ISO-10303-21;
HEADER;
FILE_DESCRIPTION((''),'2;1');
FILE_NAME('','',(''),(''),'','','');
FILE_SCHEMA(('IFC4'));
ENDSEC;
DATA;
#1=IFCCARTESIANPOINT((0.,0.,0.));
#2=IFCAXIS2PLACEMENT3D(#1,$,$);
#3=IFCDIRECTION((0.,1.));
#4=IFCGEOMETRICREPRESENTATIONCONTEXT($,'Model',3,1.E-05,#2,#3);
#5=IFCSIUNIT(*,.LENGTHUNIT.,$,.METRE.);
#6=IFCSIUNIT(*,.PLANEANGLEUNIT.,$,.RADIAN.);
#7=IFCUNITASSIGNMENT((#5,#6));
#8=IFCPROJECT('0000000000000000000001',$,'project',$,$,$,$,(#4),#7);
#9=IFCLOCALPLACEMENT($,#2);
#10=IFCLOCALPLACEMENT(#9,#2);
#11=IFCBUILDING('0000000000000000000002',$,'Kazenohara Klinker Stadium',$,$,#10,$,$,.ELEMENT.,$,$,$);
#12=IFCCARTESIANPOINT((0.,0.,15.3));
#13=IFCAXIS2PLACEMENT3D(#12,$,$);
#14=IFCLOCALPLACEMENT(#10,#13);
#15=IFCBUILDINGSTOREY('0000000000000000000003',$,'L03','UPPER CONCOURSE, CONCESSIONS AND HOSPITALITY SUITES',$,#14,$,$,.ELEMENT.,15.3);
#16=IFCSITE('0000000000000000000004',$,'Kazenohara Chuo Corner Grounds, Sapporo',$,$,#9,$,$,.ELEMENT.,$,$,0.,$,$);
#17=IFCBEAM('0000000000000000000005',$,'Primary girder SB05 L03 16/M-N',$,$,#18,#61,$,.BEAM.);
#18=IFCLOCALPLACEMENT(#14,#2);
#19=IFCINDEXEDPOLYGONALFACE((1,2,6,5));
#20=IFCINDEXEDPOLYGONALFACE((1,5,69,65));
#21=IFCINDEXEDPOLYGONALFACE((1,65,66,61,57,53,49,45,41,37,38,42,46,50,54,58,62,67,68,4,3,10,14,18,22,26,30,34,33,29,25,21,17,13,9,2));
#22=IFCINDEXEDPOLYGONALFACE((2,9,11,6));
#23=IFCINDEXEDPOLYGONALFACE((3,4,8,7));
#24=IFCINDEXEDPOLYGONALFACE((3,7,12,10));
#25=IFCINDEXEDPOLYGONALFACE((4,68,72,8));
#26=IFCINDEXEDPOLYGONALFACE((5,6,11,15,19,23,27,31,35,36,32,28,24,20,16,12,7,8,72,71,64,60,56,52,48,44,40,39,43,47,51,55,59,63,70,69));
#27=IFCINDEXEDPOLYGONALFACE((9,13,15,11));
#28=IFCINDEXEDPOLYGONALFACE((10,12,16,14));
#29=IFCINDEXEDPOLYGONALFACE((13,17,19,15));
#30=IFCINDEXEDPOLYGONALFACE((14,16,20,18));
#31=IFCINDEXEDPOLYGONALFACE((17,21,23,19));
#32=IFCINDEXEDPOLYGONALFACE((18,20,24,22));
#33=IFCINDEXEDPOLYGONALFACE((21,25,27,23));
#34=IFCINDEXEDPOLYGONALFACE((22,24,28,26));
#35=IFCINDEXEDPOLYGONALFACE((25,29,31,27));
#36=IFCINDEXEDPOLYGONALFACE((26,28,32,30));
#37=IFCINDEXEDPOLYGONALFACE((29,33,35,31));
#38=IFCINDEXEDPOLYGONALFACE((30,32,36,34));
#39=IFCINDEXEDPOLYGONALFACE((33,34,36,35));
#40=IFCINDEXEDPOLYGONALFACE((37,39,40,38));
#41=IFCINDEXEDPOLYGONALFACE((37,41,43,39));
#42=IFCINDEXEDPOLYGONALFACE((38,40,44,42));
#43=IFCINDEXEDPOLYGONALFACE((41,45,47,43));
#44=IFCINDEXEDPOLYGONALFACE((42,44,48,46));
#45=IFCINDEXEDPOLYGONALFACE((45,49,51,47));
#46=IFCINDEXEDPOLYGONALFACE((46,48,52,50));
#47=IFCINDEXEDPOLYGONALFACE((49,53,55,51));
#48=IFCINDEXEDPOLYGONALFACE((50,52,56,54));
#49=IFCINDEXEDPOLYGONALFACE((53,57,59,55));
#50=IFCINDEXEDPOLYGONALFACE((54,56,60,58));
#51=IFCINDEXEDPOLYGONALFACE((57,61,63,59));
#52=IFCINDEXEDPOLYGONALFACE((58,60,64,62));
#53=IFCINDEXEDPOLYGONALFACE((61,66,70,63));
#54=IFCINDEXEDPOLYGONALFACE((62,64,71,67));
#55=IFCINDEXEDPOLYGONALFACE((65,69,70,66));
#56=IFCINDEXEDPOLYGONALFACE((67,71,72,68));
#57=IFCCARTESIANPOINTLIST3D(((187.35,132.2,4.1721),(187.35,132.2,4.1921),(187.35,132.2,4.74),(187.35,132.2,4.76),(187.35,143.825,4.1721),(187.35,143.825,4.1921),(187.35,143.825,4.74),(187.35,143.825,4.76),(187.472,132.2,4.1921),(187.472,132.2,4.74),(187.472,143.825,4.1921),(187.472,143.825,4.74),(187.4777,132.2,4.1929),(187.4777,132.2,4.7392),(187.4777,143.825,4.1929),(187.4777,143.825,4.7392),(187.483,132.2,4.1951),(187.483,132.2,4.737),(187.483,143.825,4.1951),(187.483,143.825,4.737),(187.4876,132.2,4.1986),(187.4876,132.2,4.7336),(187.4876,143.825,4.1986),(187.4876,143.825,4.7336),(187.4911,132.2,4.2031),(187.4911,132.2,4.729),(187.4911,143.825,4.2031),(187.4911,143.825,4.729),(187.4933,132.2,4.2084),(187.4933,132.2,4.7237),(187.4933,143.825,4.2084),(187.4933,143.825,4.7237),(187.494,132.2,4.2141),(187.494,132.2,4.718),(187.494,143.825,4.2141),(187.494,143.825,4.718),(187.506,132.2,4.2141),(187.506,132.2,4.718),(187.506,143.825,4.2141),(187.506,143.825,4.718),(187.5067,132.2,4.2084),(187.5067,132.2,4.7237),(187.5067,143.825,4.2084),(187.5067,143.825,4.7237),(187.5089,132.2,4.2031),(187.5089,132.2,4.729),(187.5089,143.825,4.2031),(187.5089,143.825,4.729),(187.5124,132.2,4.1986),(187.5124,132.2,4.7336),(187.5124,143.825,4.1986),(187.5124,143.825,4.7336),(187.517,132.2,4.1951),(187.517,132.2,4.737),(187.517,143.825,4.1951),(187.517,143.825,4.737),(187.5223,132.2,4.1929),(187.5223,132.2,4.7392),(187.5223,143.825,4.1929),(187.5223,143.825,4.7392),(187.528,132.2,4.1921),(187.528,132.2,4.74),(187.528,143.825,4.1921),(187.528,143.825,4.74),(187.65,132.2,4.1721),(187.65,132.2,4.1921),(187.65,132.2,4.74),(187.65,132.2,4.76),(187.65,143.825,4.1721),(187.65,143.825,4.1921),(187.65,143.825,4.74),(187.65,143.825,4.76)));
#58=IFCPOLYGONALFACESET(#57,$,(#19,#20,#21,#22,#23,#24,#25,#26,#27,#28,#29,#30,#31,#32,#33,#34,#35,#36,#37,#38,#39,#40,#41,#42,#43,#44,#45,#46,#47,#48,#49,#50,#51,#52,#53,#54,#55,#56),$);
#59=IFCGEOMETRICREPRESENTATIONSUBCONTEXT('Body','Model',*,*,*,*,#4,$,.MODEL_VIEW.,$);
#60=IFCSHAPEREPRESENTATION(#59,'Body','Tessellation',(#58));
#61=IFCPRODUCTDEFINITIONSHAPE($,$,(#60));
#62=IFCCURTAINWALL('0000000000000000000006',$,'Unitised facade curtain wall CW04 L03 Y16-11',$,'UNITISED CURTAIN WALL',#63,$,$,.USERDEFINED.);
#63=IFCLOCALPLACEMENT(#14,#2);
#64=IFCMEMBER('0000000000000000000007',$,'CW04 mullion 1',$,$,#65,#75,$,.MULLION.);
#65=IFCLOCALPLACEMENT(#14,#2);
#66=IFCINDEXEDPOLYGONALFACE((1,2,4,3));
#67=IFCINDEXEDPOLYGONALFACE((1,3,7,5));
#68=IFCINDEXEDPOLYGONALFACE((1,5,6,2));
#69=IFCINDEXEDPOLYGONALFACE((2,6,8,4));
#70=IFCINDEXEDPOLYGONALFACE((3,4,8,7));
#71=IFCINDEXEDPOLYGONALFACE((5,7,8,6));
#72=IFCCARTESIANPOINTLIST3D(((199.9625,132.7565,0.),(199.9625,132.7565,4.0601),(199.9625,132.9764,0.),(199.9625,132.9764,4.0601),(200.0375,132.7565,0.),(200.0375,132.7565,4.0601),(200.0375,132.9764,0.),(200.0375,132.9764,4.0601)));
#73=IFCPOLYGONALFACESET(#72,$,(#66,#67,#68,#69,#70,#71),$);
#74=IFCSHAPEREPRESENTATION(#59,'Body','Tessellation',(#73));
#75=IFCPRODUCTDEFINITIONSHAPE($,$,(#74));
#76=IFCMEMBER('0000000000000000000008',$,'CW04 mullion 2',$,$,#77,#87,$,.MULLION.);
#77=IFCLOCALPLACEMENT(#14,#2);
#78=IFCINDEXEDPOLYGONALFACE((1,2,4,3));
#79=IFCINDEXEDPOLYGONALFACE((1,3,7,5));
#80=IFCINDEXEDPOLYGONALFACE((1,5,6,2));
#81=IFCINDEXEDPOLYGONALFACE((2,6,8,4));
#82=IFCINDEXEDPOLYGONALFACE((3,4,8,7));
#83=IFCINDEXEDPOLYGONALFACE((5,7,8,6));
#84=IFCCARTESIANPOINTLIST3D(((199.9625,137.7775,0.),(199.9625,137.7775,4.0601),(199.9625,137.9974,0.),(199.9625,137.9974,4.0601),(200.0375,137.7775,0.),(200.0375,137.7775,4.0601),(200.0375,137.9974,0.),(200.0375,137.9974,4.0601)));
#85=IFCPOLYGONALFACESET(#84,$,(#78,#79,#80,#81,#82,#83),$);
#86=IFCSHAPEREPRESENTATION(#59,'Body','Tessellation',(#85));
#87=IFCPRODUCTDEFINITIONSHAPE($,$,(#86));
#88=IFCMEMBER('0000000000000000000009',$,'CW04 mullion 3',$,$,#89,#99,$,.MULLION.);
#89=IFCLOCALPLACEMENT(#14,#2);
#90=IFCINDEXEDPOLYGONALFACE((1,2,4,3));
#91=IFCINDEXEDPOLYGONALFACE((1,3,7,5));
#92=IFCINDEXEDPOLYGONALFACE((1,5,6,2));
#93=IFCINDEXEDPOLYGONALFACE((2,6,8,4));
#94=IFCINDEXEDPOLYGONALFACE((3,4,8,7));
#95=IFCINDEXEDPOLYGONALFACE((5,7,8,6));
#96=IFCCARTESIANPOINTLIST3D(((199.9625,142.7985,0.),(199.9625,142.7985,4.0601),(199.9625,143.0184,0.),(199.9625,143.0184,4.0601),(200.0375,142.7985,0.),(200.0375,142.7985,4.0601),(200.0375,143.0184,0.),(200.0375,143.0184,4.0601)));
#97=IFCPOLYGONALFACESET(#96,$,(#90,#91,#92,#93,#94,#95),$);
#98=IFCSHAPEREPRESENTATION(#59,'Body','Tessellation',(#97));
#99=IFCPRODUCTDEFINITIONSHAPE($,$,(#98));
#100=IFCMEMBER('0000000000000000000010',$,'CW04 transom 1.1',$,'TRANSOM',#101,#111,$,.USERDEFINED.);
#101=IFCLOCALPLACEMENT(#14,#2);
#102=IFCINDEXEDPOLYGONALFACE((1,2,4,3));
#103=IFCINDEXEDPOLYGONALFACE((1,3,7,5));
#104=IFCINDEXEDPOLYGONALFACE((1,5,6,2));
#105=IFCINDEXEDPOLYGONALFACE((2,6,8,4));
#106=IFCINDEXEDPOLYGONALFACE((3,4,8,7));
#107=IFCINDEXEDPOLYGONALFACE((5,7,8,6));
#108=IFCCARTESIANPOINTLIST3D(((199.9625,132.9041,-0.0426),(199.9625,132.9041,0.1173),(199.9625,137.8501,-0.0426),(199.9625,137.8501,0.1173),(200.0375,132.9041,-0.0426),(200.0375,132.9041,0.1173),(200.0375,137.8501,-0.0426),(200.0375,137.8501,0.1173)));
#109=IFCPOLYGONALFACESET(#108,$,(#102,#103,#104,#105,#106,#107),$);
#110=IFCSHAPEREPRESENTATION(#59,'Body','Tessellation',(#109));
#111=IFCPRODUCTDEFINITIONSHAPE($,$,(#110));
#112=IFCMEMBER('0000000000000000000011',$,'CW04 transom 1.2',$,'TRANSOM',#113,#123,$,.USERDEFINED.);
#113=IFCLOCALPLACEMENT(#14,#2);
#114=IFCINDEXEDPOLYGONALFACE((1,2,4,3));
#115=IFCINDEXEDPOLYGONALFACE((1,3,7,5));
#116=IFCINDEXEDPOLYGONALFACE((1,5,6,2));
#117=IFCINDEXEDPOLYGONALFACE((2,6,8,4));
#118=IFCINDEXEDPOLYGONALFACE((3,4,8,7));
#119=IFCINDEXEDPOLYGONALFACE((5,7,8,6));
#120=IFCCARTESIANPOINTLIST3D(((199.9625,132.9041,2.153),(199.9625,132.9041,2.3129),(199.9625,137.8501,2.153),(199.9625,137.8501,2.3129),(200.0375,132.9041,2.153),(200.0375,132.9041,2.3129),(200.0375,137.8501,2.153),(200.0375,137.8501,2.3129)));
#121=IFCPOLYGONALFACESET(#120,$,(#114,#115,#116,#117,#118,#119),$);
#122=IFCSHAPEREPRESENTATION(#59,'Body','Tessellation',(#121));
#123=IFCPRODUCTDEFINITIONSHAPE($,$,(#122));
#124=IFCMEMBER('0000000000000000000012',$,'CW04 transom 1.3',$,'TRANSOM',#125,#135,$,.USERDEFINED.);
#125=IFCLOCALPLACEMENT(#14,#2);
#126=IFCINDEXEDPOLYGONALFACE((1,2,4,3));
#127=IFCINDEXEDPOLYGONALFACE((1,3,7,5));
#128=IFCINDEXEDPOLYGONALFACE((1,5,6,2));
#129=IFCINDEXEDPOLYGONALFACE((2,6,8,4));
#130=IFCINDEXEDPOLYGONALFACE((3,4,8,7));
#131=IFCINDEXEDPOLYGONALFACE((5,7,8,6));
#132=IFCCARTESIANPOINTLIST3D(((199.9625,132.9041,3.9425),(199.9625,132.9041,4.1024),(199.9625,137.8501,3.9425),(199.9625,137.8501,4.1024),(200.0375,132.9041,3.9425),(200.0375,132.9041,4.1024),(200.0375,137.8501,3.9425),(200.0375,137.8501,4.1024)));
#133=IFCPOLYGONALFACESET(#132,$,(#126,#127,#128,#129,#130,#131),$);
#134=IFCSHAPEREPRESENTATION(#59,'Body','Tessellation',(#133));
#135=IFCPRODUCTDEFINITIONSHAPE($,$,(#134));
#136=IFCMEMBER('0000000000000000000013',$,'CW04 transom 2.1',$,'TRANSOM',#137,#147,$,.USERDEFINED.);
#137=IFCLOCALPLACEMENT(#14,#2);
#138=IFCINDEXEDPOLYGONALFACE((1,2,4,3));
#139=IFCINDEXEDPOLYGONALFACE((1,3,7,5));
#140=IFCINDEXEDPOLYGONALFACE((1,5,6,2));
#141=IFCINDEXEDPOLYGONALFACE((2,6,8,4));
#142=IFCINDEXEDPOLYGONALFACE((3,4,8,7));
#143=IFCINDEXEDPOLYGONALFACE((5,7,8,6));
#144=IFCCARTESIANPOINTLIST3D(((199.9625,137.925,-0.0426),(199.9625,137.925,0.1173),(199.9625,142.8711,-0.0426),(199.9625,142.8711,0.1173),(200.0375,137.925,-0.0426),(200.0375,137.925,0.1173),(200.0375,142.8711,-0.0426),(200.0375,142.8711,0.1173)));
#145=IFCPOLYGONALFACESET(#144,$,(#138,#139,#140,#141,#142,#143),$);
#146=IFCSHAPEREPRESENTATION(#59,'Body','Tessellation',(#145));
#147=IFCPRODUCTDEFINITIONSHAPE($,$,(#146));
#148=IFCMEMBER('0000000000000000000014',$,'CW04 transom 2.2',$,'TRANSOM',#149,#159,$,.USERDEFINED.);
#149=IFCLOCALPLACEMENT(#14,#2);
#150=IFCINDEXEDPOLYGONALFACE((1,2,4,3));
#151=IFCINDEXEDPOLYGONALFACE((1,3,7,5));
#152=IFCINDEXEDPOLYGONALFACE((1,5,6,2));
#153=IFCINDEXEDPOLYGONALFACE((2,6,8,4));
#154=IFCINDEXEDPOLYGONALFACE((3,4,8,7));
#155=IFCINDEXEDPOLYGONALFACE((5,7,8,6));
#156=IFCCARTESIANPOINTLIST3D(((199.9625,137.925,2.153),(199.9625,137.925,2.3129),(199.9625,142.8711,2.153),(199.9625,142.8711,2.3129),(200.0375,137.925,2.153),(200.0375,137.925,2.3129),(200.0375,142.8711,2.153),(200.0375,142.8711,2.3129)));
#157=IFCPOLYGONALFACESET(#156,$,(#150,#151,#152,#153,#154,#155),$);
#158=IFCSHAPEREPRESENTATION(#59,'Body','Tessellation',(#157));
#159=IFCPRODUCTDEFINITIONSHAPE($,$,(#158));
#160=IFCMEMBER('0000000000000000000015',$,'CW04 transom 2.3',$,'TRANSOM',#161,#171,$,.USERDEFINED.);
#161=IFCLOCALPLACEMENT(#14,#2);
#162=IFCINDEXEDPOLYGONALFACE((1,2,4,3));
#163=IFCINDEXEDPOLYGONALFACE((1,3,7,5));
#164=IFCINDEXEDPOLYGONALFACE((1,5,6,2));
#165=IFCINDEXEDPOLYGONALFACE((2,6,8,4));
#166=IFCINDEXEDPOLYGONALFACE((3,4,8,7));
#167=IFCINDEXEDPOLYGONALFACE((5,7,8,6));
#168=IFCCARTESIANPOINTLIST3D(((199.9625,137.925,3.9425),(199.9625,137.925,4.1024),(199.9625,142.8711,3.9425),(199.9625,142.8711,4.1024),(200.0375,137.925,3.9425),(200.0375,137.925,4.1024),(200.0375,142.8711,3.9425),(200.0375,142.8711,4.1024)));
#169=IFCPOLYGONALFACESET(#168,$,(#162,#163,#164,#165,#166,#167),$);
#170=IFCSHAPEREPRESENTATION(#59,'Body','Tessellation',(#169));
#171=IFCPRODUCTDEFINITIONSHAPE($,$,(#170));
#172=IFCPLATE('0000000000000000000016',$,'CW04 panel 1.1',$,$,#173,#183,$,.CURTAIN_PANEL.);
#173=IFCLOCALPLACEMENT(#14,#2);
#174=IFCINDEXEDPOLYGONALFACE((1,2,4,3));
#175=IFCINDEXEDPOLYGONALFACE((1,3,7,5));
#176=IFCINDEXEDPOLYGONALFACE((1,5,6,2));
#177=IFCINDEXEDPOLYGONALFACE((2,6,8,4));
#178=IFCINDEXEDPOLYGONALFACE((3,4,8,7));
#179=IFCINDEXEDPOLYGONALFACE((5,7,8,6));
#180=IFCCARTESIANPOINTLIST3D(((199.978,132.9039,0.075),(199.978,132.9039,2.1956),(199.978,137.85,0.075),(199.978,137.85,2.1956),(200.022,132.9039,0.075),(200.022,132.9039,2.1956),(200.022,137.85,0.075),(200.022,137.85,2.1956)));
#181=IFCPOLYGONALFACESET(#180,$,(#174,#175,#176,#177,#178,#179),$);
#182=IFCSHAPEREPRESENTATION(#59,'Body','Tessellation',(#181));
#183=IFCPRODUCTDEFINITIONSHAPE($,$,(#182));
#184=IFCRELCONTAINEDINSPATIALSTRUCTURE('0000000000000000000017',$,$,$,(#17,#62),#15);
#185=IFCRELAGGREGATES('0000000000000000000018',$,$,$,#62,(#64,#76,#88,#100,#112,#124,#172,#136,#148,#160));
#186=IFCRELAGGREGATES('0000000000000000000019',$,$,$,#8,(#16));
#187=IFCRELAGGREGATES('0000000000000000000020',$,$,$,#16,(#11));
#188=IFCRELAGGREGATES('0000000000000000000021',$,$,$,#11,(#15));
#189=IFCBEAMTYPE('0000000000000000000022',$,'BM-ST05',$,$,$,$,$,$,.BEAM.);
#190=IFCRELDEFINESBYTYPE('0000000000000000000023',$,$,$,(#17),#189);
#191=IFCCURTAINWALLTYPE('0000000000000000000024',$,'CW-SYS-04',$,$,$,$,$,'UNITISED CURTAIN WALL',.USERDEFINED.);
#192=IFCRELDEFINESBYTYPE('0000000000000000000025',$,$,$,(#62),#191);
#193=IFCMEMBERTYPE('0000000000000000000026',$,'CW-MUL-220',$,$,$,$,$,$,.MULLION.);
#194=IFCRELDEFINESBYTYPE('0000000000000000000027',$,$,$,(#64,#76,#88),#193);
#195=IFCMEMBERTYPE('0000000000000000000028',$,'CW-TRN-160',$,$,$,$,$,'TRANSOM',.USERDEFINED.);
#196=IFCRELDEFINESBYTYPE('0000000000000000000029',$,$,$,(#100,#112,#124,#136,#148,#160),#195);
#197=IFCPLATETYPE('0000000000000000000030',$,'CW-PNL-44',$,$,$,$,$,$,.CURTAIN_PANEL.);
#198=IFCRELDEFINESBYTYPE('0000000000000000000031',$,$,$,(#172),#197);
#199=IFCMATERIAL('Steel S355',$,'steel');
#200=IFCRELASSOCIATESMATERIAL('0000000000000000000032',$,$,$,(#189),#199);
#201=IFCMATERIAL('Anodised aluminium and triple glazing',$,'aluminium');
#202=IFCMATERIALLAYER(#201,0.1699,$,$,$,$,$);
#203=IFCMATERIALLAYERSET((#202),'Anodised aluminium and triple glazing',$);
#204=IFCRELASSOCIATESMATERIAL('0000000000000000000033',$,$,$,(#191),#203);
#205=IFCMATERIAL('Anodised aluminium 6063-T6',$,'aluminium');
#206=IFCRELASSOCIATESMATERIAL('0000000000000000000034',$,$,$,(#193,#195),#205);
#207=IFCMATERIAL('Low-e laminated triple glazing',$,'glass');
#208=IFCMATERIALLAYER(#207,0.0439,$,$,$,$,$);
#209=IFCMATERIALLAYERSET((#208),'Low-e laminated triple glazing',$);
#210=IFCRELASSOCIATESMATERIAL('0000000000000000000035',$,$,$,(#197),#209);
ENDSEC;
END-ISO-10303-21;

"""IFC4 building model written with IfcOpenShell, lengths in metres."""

from ifc_helpers import new_model, si_unit, direction, frame, origin, origin_2d, place, context, subcontext, project, spatial, rectangle, i_section, extrude, material, layer, layer_set, material_profile, profile_set, type_object, element, aggregate, save


model = new_model("IFC4")

# Units and contexts
model_context = context("Model", 3, precision=1e-05, world=origin(), true_north=direction((0.0, 1.0)))
body_context = subcontext(model_context, "Body", "Model", "MODEL_VIEW")
ifc_project = project(units=[si_unit("LENGTHUNIT", "METRE"), si_unit("PLANEANGLEUNIT", "RADIAN")], contexts=[model_context])

# Site, building, storey
site_placement = place(None, origin())
site = spatial("IfcSite", under=ifc_project, at=site_placement, Name="Kazenohara Chuo Corner Grounds, Sapporo", CompositionType="ELEMENT", RefElevation=0.0)
building_placement = place(site_placement, origin())
building = spatial("IfcBuilding", under=site, at=building_placement, Name="Kazenohara Klinker Stadium", CompositionType="ELEMENT")
storey_placement = place(building_placement, frame((0.0, 0.0, 15.3)))
storey = spatial("IfcBuildingStorey", under=building, at=storey_placement, Name="L03", Description="UPPER CONCOURSE, CONCESSIONS AND HOSPITALITY SUITES", CompositionType="ELEMENT", Elevation=15.3)

# Shared definitions
ifc_material_1 = material(Name="Steel S355", Category="steel")

# Beam
ifc_material_profile_1 = material_profile(ifc_material_1, i_section(OverallWidth=0.3, OverallDepth=0.5879, WebThickness=0.012, FlangeThickness=0.02, FilletRadius=0.022, at=origin_2d()), Name="H-588x300x12x20")
ifc_profile_set_1 = profile_set([ifc_material_profile_1], Name="Steel S355")
beam_type_1 = type_object("IfcBeamType", Name="BM-ST05", PredefinedType="BEAM", material=ifc_profile_set_1)
beam_1_placement = place(storey_placement, frame((187.5, 132.2, 4.4661), z_axis=(0.0, 1.0, 0.0), x_axis=(-1.0, 0.0, 0.0)))
element("IfcBeam", 1, at=beam_1_placement, inside=storey, type_object=beam_type_1, Name="Primary girder SB05 L03 16/M-N", PredefinedType="BEAM", context=body_context, shape_type="SweptSolid", body=[
    extrude(i_section(OverallWidth=0.3, OverallDepth=0.5879, WebThickness=0.012, FlangeThickness=0.02, FilletRadius=0.022, at=origin_2d()), origin(), (0.0, 0.0, 1.0), 11.625),
])

# Curtain wall, members, plate
ifc_material_2 = material(Name="Anodised aluminium and triple glazing", Category="aluminium")
ifc_layer_1 = layer(ifc_material_2, 0.1699)
ifc_layer_set_1 = layer_set([ifc_layer_1], Name="Anodised aluminium and triple glazing")
curtain_wall_type = type_object("IfcCurtainWallType", Name="CW-SYS-04", ElementType="UNITISED CURTAIN WALL", PredefinedType="USERDEFINED", material=ifc_layer_set_1)
curtain_wall_placement = place(storey_placement, origin())
curtain_wall = element("IfcCurtainWall", 2, at=curtain_wall_placement, inside=storey, type_object=curtain_wall_type, Name="Unitised facade curtain wall CW04 L03 Y16-11", ObjectType="UNITISED CURTAIN WALL", PredefinedType="USERDEFINED")
ifc_material_3 = material(Name="Anodised aluminium 6063-T6", Category="aluminium")
ifc_material_profile_2 = material_profile(ifc_material_3, rectangle(XDim=0.075, YDim=0.22, at=origin_2d()), Name="ALU-MUL-75x220")
ifc_profile_set_2 = profile_set([ifc_material_profile_2], Name="Anodised aluminium 6063-T6")
member_type_1 = type_object("IfcMemberType", Name="CW-MUL-220", PredefinedType="MULLION", material=ifc_profile_set_2)
member_1_placement = place(storey_placement, frame((200.0, 132.8665, 0.0), z_axis=(0.0, 0.0, 1.0), x_axis=(-1.0, 0.0, 0.0)))
member_1 = element("IfcMember", 3, at=member_1_placement, type_object=member_type_1, Name="CW04 mullion 1", PredefinedType="MULLION", context=body_context, shape_type="SweptSolid", body=[
    extrude(rectangle(XDim=0.075, YDim=0.22, at=origin_2d()), origin(), (0.0, 0.0, 1.0), 4.0601),
])
member_2_placement = place(storey_placement, frame((200.0, 137.8875, 0.0), z_axis=(0.0, 0.0, 1.0), x_axis=(-1.0, 0.0, 0.0)))
member_2 = element("IfcMember", 4, at=member_2_placement, type_object=member_type_1, Name="CW04 mullion 2", PredefinedType="MULLION", context=body_context, shape_type="SweptSolid", body=[
    extrude(rectangle(XDim=0.075, YDim=0.22, at=origin_2d()), origin(), (0.0, 0.0, 1.0), 4.0601),
])
member_3_placement = place(storey_placement, frame((200.0, 142.9084, 0.0), z_axis=(0.0, 0.0, 1.0), x_axis=(-1.0, 0.0, 0.0)))
member_3 = element("IfcMember", 5, at=member_3_placement, type_object=member_type_1, Name="CW04 mullion 3", PredefinedType="MULLION", context=body_context, shape_type="SweptSolid", body=[
    extrude(rectangle(XDim=0.075, YDim=0.22, at=origin_2d()), origin(), (0.0, 0.0, 1.0), 4.0601),
])
ifc_material_profile_3 = material_profile(ifc_material_3, rectangle(XDim=0.075, YDim=0.1599, at=origin_2d()), Name="ALU-TRN-75x160")
ifc_profile_set_3 = profile_set([ifc_material_profile_3], Name="Anodised aluminium 6063-T6")
member_type_2 = type_object("IfcMemberType", Name="CW-TRN-160", ElementType="TRANSOM", PredefinedType="USERDEFINED", material=ifc_profile_set_3)
member_4_placement = place(storey_placement, frame((200.0, 132.9041, 0.0374), z_axis=(0.0, 1.0, 0.0), x_axis=(-1.0, 0.0, 0.0)))
member_4 = element("IfcMember", 6, at=member_4_placement, type_object=member_type_2, Name="CW04 transom 1.1", ObjectType="TRANSOM", PredefinedType="USERDEFINED", context=body_context, shape_type="SweptSolid", body=[
    extrude(rectangle(XDim=0.075, YDim=0.1599, at=origin_2d()), origin(), (0.0, 0.0, 1.0), 4.946),
])
member_5_placement = place(storey_placement, frame((200.0, 132.9041, 2.2329), z_axis=(0.0, 1.0, 0.0), x_axis=(-1.0, 0.0, 0.0)))
member_5 = element("IfcMember", 7, at=member_5_placement, type_object=member_type_2, Name="CW04 transom 1.2", ObjectType="TRANSOM", PredefinedType="USERDEFINED", context=body_context, shape_type="SweptSolid", body=[
    extrude(rectangle(XDim=0.075, YDim=0.1599, at=origin_2d()), origin(), (0.0, 0.0, 1.0), 4.946),
])
member_6_placement = place(storey_placement, frame((200.0, 132.9041, 4.0225), z_axis=(0.0, 1.0, 0.0), x_axis=(-1.0, 0.0, 0.0)))
member_6 = element("IfcMember", 8, at=member_6_placement, type_object=member_type_2, Name="CW04 transom 1.3", ObjectType="TRANSOM", PredefinedType="USERDEFINED", context=body_context, shape_type="SweptSolid", body=[
    extrude(rectangle(XDim=0.075, YDim=0.1599, at=origin_2d()), origin(), (0.0, 0.0, 1.0), 4.946),
])
member_7_placement = place(storey_placement, frame((200.0, 137.925, 0.0374), z_axis=(0.0, 1.0, 0.0), x_axis=(-1.0, 0.0, 0.0)))
member_7 = element("IfcMember", 9, at=member_7_placement, type_object=member_type_2, Name="CW04 transom 2.1", ObjectType="TRANSOM", PredefinedType="USERDEFINED", context=body_context, shape_type="SweptSolid", body=[
    extrude(rectangle(XDim=0.075, YDim=0.1599, at=origin_2d()), origin(), (0.0, 0.0, 1.0), 4.946),
])
member_8_placement = place(storey_placement, frame((200.0, 137.925, 2.2329), z_axis=(0.0, 1.0, 0.0), x_axis=(-1.0, 0.0, 0.0)))
member_8 = element("IfcMember", 10, at=member_8_placement, type_object=member_type_2, Name="CW04 transom 2.2", ObjectType="TRANSOM", PredefinedType="USERDEFINED", context=body_context, shape_type="SweptSolid", body=[
    extrude(rectangle(XDim=0.075, YDim=0.1599, at=origin_2d()), origin(), (0.0, 0.0, 1.0), 4.946),
])
member_9_placement = place(storey_placement, frame((200.0, 137.925, 4.0225), z_axis=(0.0, 1.0, 0.0), x_axis=(-1.0, 0.0, 0.0)))
member_9 = element("IfcMember", 11, at=member_9_placement, type_object=member_type_2, Name="CW04 transom 2.3", ObjectType="TRANSOM", PredefinedType="USERDEFINED", context=body_context, shape_type="SweptSolid", body=[
    extrude(rectangle(XDim=0.075, YDim=0.1599, at=origin_2d()), origin(), (0.0, 0.0, 1.0), 4.946),
])
ifc_material_4 = material(Name="Low-e laminated triple glazing", Category="glass")
ifc_layer_2 = layer(ifc_material_4, 0.0439)
ifc_layer_set_2 = layer_set([ifc_layer_2], Name="Low-e laminated triple glazing")
plate_type_1 = type_object("IfcPlateType", Name="CW-PNL-44", PredefinedType="CURTAIN_PANEL", material=ifc_layer_set_2)
plate_1_placement = place(storey_placement, frame((200.0, 135.377, 0.075), z_axis=(0.0, 0.0, 1.0), x_axis=(0.0, 1.0, 0.0)))
plate_1 = element("IfcPlate", 12, at=plate_1_placement, type_object=plate_type_1, Name="CW04 panel 1.1", PredefinedType="CURTAIN_PANEL", context=body_context, shape_type="SweptSolid", body=[
    extrude(rectangle(XDim=4.946, YDim=0.0439, at=origin_2d()), origin(), (0.0, 0.0, 1.0), 2.1206),
])
aggregate(curtain_wall, [member_1, member_2, member_3, member_4, member_5, member_6, plate_1, member_7, member_8, member_9])

save(model, "model.ifc")
